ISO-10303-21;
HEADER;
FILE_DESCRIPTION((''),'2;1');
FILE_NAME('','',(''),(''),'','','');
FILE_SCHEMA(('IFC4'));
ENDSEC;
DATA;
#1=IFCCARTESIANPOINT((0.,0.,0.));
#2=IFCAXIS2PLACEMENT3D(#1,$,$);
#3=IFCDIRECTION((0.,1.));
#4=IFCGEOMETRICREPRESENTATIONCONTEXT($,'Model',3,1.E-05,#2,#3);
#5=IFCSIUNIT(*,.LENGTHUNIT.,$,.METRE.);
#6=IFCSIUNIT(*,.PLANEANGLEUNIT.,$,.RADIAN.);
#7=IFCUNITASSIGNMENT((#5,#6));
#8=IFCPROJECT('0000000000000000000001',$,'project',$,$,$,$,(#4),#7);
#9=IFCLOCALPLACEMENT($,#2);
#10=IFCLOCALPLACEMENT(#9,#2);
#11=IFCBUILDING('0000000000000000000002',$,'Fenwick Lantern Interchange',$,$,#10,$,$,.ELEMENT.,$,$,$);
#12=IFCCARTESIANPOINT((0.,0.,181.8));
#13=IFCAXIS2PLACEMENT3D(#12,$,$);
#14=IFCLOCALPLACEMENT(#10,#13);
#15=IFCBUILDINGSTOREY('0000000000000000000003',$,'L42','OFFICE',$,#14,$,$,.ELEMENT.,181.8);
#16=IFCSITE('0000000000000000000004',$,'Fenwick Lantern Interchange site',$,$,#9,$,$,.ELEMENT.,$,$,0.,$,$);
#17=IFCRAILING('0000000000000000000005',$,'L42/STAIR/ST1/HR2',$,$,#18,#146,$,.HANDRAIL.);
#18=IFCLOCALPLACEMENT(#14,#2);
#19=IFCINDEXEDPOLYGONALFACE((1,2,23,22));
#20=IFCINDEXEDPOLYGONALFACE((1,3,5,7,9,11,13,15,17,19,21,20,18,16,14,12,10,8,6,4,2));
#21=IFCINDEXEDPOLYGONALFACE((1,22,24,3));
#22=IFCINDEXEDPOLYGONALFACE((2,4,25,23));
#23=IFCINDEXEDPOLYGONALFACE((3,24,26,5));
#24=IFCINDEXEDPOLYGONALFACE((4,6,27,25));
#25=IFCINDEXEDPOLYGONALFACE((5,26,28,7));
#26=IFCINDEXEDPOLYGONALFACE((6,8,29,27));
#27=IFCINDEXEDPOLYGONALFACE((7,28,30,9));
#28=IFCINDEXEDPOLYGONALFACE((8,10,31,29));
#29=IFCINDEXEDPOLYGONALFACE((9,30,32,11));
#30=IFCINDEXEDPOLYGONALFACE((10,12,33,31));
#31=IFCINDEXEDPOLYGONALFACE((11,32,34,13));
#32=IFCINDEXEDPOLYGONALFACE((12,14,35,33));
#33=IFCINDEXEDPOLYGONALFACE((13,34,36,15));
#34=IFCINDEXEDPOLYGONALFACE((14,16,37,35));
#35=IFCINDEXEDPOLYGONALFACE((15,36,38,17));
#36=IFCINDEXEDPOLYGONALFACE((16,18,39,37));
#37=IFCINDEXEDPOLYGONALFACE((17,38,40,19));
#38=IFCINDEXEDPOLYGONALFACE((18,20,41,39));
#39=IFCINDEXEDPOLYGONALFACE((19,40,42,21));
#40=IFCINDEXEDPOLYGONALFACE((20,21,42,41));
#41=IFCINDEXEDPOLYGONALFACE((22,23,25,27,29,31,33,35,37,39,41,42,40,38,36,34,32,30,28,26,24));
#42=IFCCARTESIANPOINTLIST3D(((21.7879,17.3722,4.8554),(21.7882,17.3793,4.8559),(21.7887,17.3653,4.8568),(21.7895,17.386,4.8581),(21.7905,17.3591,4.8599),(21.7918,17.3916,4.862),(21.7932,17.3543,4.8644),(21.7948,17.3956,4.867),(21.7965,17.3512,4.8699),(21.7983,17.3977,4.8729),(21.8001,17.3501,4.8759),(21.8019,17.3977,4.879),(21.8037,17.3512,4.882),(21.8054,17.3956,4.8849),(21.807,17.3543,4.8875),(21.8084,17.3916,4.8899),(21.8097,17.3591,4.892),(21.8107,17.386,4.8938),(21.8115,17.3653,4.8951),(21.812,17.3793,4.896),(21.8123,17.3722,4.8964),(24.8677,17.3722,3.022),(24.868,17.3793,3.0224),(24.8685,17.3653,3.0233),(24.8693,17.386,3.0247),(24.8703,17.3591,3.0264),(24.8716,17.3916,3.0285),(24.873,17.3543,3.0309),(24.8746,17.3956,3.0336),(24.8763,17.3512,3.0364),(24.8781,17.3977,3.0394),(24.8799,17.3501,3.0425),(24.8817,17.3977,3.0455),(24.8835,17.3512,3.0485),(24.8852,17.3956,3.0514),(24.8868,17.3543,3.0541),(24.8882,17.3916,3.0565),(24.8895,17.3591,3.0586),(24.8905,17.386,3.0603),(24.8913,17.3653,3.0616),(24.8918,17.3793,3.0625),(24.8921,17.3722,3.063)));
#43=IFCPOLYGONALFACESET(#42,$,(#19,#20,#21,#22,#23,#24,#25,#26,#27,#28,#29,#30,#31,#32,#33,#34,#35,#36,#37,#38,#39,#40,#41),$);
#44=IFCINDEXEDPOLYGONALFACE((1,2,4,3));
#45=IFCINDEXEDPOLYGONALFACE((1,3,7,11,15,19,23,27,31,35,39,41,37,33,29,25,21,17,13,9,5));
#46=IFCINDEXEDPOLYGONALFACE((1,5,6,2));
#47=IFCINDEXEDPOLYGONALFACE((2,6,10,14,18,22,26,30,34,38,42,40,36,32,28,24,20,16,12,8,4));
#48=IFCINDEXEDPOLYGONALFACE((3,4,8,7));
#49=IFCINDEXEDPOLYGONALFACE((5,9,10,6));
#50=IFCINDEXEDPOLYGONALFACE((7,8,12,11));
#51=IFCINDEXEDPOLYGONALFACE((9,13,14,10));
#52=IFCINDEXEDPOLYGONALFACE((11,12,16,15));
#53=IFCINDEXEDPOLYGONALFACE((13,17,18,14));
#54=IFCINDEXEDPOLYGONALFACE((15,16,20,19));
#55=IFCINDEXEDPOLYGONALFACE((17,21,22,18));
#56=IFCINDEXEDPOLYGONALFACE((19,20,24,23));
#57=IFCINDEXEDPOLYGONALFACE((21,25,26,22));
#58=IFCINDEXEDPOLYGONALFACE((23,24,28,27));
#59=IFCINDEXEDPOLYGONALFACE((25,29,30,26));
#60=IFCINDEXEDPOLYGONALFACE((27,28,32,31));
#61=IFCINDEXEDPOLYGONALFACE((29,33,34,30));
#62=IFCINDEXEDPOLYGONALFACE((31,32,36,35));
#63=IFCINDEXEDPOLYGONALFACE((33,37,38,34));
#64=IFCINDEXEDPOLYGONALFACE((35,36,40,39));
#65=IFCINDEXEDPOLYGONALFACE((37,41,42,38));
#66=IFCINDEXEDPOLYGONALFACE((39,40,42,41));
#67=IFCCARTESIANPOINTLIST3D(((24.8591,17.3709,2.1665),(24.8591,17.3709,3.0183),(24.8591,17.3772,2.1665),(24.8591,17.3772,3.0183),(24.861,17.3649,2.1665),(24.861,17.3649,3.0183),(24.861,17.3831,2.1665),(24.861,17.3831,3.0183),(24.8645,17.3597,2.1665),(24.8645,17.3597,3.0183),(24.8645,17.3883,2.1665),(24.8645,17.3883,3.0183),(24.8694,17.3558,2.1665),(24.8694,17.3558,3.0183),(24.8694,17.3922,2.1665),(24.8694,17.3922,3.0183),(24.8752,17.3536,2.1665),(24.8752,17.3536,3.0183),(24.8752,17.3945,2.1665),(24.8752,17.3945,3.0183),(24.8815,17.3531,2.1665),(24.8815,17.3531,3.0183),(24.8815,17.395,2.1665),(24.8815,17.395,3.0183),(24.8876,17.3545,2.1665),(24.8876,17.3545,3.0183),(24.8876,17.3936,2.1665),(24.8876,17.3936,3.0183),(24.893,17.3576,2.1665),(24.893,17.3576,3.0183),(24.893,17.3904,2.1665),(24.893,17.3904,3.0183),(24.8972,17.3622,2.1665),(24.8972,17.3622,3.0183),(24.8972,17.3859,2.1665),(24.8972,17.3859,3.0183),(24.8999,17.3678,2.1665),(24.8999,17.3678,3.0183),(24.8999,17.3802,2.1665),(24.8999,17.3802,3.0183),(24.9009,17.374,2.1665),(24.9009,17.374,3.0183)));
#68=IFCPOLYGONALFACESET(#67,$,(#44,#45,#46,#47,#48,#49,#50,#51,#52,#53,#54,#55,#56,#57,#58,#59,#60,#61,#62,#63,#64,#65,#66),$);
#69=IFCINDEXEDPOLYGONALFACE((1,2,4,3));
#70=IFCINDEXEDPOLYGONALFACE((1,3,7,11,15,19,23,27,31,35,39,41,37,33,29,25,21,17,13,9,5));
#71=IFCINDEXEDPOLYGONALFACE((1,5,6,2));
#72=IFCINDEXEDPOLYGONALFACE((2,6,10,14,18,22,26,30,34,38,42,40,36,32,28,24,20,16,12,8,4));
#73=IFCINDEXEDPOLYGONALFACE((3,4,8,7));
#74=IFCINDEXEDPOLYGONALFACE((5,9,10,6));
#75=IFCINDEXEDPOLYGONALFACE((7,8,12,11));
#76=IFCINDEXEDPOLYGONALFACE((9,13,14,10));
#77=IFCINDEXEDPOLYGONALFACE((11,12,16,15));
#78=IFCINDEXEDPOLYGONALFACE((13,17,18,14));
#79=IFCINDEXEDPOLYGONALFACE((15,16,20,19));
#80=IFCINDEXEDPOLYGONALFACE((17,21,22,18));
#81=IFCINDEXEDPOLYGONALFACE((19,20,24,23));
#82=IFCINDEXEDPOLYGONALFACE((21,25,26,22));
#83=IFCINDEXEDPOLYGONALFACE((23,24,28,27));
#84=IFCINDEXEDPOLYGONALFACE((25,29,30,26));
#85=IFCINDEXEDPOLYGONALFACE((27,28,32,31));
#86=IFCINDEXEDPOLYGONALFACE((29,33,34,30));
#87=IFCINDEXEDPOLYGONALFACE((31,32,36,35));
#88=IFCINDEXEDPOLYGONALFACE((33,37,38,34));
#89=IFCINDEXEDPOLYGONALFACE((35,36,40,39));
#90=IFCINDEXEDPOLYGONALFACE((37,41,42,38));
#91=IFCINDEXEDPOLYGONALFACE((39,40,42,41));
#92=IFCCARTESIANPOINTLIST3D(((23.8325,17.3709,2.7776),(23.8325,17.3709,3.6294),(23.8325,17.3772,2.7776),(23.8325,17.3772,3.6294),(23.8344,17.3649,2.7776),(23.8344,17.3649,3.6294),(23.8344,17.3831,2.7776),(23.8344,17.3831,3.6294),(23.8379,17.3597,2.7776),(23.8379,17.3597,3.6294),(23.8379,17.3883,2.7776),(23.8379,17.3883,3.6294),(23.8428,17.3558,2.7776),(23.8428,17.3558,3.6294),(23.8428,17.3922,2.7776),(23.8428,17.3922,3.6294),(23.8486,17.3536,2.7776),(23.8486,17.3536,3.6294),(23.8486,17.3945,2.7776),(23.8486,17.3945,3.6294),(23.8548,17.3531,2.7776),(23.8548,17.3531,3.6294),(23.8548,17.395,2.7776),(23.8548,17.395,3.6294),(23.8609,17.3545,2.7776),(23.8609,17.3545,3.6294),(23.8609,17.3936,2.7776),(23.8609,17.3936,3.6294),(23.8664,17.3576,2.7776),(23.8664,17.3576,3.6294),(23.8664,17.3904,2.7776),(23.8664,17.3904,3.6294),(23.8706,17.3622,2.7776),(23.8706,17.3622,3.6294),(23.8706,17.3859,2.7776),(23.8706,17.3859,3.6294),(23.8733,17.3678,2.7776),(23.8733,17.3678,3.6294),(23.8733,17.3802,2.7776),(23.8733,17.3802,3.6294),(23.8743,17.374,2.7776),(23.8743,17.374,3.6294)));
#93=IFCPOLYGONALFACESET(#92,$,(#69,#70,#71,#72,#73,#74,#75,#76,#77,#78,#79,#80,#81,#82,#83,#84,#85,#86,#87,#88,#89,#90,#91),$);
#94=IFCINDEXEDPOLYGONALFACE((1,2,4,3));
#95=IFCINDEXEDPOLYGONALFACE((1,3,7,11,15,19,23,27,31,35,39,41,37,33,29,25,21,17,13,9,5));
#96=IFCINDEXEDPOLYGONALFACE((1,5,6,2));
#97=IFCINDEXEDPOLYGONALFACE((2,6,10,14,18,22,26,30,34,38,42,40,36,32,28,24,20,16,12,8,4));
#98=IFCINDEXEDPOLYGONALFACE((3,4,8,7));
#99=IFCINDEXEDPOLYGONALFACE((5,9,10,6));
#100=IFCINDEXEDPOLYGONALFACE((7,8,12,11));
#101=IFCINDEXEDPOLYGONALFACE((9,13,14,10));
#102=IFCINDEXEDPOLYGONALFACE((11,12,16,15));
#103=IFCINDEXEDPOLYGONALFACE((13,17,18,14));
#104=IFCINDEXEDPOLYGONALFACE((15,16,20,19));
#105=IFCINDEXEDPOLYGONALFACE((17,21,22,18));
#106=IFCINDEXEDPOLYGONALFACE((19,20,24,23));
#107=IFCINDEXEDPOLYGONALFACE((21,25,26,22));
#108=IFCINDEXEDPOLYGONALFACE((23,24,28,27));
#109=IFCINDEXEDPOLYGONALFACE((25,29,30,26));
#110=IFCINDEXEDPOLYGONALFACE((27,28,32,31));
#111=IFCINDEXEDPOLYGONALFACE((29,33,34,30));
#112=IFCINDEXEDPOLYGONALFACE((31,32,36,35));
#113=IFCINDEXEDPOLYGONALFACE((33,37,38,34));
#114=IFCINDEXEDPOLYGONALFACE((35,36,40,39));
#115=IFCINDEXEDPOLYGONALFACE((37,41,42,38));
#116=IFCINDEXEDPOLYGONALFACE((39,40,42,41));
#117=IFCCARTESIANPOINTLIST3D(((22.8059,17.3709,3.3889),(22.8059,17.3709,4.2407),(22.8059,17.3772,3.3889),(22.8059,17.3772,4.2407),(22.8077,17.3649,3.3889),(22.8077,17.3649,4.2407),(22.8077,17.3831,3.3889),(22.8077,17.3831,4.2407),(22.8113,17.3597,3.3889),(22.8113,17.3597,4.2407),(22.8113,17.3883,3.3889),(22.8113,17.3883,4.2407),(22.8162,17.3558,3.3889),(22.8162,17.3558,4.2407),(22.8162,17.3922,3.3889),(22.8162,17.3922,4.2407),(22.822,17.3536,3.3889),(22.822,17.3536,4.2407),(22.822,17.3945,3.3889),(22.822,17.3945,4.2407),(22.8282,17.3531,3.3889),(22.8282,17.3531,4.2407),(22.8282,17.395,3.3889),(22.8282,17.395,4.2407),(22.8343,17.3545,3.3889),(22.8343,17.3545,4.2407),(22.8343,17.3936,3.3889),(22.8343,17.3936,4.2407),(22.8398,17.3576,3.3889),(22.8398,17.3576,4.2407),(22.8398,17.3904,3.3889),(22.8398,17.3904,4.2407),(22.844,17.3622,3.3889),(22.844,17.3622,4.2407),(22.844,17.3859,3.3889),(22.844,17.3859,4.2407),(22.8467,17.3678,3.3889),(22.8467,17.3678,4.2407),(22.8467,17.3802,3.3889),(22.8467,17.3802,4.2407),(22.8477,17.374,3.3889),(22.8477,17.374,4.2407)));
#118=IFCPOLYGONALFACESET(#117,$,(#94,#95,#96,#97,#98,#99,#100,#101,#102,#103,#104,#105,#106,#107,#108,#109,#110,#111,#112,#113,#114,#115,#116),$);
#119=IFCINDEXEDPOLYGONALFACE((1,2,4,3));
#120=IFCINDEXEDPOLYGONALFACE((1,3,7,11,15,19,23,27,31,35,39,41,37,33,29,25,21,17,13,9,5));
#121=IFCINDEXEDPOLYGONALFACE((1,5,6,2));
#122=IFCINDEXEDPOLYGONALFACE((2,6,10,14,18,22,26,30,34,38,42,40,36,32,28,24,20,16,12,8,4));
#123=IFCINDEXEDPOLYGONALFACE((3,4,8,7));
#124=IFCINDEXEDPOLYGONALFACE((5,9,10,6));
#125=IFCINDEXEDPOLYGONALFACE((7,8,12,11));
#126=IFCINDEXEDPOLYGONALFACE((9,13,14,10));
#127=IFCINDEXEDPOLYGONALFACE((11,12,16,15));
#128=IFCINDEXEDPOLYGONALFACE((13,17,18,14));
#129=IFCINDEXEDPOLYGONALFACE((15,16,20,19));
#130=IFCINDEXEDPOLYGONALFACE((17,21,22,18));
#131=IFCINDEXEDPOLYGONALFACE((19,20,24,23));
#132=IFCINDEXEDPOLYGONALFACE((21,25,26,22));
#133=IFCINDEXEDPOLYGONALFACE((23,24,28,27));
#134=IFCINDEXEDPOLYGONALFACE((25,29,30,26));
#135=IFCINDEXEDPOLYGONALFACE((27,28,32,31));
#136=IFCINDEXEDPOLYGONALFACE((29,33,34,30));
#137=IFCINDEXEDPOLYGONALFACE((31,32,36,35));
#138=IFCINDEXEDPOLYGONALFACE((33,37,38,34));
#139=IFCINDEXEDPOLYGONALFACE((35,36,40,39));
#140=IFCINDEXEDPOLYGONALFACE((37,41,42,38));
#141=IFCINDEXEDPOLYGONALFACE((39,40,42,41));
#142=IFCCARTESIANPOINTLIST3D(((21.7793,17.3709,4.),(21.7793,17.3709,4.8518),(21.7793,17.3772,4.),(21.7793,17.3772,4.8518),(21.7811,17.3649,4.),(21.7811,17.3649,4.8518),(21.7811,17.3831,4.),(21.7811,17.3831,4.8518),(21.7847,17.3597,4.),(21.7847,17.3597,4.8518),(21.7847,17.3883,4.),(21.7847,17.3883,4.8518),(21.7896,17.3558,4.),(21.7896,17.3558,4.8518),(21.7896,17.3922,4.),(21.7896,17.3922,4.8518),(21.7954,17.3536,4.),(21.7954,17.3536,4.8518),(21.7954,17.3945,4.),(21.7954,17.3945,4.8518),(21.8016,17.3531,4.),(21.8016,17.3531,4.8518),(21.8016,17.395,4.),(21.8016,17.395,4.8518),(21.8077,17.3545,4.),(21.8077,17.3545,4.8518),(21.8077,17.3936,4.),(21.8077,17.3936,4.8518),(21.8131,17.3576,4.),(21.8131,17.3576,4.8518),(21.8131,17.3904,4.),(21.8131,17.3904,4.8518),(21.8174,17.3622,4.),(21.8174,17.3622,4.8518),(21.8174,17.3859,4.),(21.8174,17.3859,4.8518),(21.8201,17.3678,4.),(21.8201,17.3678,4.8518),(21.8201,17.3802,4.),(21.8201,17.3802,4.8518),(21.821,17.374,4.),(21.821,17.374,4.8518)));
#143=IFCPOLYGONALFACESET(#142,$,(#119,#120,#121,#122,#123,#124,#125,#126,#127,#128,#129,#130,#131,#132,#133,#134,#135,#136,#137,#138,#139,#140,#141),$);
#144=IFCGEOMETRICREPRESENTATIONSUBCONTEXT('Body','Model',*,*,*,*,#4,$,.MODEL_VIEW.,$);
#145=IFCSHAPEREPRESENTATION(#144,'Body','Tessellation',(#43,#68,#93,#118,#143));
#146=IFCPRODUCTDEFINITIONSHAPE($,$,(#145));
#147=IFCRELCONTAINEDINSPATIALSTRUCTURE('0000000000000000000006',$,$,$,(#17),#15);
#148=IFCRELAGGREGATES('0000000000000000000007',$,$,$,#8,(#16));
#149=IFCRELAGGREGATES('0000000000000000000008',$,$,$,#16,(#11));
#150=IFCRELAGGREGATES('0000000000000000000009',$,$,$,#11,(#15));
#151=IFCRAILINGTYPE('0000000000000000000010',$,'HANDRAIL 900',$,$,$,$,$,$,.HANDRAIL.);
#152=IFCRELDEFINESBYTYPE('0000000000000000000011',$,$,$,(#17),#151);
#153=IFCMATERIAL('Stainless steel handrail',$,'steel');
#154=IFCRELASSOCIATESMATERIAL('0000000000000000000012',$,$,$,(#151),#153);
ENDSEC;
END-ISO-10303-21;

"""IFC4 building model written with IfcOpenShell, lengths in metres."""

from ifc_helpers import new_model, si_unit, direction, frame, origin, origin_2d, place, context, subcontext, project, spatial, circle, extrude, material, type_object, element, save


model = new_model("IFC4")

# Units and contexts
model_context = context("Model", 3, precision=1e-05, world=origin(), true_north=direction((0.0, 1.0)))
body_context = subcontext(model_context, "Body", "Model", "MODEL_VIEW")
ifc_project = project(units=[si_unit("LENGTHUNIT", "METRE"), si_unit("PLANEANGLEUNIT", "RADIAN")], contexts=[model_context])

# Site, building, storey
site_placement = place(None, origin())
site = spatial("IfcSite", under=ifc_project, at=site_placement, Name="Fenwick Lantern Interchange site", CompositionType="ELEMENT", RefElevation=0.0)
building_placement = place(site_placement, origin())
building = spatial("IfcBuilding", under=site, at=building_placement, Name="Fenwick Lantern Interchange", CompositionType="ELEMENT")
storey_placement = place(building_placement, frame((0.0, 0.0, 181.8)))
storey = spatial("IfcBuildingStorey", under=building, at=storey_placement, Name="L42", Description="OFFICE", CompositionType="ELEMENT", Elevation=181.8)

# Railing
ifc_material_1 = material(Name="Stainless steel handrail", Category="steel")
railing_type = type_object("IfcRailingType", Name="HANDRAIL 900", PredefinedType="HANDRAIL", material=ifc_material_1)
railing_1_placement = place(storey_placement, frame((24.8799, 17.374, 2.1665)))
element("IfcRailing", 1, at=railing_1_placement, inside=storey, type_object=railing_type, Name="L42/STAIR/ST1/HR2", PredefinedType="HANDRAIL", context=body_context, shape_type="SweptSolid", body=[
    extrude(circle(Radius=0.0239, at=origin_2d()), frame((0.0, 0.0, 0.876), z_axis=(-0.859261, 0.0, 0.511538), x_axis=(0.0, -1.0, 0.0)), (0.0, 0.0, 1.0), 3.5842),
    extrude(circle(Radius=0.021, at=origin_2d()), origin(), (0.0, 0.0, 1.0), 0.8518),
    extrude(circle(Radius=0.021, at=origin_2d()), frame((-1.0266, 0.0, 0.6111)), (0.0, 0.0, 1.0), 0.8518),
    extrude(circle(Radius=0.021, at=origin_2d()), frame((-2.0532, 0.0, 1.2224)), (0.0, 0.0, 1.0), 0.8518),
    extrude(circle(Radius=0.021, at=origin_2d()), frame((-3.0798, 0.0, 1.8335)), (0.0, 0.0, 1.0), 0.8518),
])

save(model, "model.ifc")
